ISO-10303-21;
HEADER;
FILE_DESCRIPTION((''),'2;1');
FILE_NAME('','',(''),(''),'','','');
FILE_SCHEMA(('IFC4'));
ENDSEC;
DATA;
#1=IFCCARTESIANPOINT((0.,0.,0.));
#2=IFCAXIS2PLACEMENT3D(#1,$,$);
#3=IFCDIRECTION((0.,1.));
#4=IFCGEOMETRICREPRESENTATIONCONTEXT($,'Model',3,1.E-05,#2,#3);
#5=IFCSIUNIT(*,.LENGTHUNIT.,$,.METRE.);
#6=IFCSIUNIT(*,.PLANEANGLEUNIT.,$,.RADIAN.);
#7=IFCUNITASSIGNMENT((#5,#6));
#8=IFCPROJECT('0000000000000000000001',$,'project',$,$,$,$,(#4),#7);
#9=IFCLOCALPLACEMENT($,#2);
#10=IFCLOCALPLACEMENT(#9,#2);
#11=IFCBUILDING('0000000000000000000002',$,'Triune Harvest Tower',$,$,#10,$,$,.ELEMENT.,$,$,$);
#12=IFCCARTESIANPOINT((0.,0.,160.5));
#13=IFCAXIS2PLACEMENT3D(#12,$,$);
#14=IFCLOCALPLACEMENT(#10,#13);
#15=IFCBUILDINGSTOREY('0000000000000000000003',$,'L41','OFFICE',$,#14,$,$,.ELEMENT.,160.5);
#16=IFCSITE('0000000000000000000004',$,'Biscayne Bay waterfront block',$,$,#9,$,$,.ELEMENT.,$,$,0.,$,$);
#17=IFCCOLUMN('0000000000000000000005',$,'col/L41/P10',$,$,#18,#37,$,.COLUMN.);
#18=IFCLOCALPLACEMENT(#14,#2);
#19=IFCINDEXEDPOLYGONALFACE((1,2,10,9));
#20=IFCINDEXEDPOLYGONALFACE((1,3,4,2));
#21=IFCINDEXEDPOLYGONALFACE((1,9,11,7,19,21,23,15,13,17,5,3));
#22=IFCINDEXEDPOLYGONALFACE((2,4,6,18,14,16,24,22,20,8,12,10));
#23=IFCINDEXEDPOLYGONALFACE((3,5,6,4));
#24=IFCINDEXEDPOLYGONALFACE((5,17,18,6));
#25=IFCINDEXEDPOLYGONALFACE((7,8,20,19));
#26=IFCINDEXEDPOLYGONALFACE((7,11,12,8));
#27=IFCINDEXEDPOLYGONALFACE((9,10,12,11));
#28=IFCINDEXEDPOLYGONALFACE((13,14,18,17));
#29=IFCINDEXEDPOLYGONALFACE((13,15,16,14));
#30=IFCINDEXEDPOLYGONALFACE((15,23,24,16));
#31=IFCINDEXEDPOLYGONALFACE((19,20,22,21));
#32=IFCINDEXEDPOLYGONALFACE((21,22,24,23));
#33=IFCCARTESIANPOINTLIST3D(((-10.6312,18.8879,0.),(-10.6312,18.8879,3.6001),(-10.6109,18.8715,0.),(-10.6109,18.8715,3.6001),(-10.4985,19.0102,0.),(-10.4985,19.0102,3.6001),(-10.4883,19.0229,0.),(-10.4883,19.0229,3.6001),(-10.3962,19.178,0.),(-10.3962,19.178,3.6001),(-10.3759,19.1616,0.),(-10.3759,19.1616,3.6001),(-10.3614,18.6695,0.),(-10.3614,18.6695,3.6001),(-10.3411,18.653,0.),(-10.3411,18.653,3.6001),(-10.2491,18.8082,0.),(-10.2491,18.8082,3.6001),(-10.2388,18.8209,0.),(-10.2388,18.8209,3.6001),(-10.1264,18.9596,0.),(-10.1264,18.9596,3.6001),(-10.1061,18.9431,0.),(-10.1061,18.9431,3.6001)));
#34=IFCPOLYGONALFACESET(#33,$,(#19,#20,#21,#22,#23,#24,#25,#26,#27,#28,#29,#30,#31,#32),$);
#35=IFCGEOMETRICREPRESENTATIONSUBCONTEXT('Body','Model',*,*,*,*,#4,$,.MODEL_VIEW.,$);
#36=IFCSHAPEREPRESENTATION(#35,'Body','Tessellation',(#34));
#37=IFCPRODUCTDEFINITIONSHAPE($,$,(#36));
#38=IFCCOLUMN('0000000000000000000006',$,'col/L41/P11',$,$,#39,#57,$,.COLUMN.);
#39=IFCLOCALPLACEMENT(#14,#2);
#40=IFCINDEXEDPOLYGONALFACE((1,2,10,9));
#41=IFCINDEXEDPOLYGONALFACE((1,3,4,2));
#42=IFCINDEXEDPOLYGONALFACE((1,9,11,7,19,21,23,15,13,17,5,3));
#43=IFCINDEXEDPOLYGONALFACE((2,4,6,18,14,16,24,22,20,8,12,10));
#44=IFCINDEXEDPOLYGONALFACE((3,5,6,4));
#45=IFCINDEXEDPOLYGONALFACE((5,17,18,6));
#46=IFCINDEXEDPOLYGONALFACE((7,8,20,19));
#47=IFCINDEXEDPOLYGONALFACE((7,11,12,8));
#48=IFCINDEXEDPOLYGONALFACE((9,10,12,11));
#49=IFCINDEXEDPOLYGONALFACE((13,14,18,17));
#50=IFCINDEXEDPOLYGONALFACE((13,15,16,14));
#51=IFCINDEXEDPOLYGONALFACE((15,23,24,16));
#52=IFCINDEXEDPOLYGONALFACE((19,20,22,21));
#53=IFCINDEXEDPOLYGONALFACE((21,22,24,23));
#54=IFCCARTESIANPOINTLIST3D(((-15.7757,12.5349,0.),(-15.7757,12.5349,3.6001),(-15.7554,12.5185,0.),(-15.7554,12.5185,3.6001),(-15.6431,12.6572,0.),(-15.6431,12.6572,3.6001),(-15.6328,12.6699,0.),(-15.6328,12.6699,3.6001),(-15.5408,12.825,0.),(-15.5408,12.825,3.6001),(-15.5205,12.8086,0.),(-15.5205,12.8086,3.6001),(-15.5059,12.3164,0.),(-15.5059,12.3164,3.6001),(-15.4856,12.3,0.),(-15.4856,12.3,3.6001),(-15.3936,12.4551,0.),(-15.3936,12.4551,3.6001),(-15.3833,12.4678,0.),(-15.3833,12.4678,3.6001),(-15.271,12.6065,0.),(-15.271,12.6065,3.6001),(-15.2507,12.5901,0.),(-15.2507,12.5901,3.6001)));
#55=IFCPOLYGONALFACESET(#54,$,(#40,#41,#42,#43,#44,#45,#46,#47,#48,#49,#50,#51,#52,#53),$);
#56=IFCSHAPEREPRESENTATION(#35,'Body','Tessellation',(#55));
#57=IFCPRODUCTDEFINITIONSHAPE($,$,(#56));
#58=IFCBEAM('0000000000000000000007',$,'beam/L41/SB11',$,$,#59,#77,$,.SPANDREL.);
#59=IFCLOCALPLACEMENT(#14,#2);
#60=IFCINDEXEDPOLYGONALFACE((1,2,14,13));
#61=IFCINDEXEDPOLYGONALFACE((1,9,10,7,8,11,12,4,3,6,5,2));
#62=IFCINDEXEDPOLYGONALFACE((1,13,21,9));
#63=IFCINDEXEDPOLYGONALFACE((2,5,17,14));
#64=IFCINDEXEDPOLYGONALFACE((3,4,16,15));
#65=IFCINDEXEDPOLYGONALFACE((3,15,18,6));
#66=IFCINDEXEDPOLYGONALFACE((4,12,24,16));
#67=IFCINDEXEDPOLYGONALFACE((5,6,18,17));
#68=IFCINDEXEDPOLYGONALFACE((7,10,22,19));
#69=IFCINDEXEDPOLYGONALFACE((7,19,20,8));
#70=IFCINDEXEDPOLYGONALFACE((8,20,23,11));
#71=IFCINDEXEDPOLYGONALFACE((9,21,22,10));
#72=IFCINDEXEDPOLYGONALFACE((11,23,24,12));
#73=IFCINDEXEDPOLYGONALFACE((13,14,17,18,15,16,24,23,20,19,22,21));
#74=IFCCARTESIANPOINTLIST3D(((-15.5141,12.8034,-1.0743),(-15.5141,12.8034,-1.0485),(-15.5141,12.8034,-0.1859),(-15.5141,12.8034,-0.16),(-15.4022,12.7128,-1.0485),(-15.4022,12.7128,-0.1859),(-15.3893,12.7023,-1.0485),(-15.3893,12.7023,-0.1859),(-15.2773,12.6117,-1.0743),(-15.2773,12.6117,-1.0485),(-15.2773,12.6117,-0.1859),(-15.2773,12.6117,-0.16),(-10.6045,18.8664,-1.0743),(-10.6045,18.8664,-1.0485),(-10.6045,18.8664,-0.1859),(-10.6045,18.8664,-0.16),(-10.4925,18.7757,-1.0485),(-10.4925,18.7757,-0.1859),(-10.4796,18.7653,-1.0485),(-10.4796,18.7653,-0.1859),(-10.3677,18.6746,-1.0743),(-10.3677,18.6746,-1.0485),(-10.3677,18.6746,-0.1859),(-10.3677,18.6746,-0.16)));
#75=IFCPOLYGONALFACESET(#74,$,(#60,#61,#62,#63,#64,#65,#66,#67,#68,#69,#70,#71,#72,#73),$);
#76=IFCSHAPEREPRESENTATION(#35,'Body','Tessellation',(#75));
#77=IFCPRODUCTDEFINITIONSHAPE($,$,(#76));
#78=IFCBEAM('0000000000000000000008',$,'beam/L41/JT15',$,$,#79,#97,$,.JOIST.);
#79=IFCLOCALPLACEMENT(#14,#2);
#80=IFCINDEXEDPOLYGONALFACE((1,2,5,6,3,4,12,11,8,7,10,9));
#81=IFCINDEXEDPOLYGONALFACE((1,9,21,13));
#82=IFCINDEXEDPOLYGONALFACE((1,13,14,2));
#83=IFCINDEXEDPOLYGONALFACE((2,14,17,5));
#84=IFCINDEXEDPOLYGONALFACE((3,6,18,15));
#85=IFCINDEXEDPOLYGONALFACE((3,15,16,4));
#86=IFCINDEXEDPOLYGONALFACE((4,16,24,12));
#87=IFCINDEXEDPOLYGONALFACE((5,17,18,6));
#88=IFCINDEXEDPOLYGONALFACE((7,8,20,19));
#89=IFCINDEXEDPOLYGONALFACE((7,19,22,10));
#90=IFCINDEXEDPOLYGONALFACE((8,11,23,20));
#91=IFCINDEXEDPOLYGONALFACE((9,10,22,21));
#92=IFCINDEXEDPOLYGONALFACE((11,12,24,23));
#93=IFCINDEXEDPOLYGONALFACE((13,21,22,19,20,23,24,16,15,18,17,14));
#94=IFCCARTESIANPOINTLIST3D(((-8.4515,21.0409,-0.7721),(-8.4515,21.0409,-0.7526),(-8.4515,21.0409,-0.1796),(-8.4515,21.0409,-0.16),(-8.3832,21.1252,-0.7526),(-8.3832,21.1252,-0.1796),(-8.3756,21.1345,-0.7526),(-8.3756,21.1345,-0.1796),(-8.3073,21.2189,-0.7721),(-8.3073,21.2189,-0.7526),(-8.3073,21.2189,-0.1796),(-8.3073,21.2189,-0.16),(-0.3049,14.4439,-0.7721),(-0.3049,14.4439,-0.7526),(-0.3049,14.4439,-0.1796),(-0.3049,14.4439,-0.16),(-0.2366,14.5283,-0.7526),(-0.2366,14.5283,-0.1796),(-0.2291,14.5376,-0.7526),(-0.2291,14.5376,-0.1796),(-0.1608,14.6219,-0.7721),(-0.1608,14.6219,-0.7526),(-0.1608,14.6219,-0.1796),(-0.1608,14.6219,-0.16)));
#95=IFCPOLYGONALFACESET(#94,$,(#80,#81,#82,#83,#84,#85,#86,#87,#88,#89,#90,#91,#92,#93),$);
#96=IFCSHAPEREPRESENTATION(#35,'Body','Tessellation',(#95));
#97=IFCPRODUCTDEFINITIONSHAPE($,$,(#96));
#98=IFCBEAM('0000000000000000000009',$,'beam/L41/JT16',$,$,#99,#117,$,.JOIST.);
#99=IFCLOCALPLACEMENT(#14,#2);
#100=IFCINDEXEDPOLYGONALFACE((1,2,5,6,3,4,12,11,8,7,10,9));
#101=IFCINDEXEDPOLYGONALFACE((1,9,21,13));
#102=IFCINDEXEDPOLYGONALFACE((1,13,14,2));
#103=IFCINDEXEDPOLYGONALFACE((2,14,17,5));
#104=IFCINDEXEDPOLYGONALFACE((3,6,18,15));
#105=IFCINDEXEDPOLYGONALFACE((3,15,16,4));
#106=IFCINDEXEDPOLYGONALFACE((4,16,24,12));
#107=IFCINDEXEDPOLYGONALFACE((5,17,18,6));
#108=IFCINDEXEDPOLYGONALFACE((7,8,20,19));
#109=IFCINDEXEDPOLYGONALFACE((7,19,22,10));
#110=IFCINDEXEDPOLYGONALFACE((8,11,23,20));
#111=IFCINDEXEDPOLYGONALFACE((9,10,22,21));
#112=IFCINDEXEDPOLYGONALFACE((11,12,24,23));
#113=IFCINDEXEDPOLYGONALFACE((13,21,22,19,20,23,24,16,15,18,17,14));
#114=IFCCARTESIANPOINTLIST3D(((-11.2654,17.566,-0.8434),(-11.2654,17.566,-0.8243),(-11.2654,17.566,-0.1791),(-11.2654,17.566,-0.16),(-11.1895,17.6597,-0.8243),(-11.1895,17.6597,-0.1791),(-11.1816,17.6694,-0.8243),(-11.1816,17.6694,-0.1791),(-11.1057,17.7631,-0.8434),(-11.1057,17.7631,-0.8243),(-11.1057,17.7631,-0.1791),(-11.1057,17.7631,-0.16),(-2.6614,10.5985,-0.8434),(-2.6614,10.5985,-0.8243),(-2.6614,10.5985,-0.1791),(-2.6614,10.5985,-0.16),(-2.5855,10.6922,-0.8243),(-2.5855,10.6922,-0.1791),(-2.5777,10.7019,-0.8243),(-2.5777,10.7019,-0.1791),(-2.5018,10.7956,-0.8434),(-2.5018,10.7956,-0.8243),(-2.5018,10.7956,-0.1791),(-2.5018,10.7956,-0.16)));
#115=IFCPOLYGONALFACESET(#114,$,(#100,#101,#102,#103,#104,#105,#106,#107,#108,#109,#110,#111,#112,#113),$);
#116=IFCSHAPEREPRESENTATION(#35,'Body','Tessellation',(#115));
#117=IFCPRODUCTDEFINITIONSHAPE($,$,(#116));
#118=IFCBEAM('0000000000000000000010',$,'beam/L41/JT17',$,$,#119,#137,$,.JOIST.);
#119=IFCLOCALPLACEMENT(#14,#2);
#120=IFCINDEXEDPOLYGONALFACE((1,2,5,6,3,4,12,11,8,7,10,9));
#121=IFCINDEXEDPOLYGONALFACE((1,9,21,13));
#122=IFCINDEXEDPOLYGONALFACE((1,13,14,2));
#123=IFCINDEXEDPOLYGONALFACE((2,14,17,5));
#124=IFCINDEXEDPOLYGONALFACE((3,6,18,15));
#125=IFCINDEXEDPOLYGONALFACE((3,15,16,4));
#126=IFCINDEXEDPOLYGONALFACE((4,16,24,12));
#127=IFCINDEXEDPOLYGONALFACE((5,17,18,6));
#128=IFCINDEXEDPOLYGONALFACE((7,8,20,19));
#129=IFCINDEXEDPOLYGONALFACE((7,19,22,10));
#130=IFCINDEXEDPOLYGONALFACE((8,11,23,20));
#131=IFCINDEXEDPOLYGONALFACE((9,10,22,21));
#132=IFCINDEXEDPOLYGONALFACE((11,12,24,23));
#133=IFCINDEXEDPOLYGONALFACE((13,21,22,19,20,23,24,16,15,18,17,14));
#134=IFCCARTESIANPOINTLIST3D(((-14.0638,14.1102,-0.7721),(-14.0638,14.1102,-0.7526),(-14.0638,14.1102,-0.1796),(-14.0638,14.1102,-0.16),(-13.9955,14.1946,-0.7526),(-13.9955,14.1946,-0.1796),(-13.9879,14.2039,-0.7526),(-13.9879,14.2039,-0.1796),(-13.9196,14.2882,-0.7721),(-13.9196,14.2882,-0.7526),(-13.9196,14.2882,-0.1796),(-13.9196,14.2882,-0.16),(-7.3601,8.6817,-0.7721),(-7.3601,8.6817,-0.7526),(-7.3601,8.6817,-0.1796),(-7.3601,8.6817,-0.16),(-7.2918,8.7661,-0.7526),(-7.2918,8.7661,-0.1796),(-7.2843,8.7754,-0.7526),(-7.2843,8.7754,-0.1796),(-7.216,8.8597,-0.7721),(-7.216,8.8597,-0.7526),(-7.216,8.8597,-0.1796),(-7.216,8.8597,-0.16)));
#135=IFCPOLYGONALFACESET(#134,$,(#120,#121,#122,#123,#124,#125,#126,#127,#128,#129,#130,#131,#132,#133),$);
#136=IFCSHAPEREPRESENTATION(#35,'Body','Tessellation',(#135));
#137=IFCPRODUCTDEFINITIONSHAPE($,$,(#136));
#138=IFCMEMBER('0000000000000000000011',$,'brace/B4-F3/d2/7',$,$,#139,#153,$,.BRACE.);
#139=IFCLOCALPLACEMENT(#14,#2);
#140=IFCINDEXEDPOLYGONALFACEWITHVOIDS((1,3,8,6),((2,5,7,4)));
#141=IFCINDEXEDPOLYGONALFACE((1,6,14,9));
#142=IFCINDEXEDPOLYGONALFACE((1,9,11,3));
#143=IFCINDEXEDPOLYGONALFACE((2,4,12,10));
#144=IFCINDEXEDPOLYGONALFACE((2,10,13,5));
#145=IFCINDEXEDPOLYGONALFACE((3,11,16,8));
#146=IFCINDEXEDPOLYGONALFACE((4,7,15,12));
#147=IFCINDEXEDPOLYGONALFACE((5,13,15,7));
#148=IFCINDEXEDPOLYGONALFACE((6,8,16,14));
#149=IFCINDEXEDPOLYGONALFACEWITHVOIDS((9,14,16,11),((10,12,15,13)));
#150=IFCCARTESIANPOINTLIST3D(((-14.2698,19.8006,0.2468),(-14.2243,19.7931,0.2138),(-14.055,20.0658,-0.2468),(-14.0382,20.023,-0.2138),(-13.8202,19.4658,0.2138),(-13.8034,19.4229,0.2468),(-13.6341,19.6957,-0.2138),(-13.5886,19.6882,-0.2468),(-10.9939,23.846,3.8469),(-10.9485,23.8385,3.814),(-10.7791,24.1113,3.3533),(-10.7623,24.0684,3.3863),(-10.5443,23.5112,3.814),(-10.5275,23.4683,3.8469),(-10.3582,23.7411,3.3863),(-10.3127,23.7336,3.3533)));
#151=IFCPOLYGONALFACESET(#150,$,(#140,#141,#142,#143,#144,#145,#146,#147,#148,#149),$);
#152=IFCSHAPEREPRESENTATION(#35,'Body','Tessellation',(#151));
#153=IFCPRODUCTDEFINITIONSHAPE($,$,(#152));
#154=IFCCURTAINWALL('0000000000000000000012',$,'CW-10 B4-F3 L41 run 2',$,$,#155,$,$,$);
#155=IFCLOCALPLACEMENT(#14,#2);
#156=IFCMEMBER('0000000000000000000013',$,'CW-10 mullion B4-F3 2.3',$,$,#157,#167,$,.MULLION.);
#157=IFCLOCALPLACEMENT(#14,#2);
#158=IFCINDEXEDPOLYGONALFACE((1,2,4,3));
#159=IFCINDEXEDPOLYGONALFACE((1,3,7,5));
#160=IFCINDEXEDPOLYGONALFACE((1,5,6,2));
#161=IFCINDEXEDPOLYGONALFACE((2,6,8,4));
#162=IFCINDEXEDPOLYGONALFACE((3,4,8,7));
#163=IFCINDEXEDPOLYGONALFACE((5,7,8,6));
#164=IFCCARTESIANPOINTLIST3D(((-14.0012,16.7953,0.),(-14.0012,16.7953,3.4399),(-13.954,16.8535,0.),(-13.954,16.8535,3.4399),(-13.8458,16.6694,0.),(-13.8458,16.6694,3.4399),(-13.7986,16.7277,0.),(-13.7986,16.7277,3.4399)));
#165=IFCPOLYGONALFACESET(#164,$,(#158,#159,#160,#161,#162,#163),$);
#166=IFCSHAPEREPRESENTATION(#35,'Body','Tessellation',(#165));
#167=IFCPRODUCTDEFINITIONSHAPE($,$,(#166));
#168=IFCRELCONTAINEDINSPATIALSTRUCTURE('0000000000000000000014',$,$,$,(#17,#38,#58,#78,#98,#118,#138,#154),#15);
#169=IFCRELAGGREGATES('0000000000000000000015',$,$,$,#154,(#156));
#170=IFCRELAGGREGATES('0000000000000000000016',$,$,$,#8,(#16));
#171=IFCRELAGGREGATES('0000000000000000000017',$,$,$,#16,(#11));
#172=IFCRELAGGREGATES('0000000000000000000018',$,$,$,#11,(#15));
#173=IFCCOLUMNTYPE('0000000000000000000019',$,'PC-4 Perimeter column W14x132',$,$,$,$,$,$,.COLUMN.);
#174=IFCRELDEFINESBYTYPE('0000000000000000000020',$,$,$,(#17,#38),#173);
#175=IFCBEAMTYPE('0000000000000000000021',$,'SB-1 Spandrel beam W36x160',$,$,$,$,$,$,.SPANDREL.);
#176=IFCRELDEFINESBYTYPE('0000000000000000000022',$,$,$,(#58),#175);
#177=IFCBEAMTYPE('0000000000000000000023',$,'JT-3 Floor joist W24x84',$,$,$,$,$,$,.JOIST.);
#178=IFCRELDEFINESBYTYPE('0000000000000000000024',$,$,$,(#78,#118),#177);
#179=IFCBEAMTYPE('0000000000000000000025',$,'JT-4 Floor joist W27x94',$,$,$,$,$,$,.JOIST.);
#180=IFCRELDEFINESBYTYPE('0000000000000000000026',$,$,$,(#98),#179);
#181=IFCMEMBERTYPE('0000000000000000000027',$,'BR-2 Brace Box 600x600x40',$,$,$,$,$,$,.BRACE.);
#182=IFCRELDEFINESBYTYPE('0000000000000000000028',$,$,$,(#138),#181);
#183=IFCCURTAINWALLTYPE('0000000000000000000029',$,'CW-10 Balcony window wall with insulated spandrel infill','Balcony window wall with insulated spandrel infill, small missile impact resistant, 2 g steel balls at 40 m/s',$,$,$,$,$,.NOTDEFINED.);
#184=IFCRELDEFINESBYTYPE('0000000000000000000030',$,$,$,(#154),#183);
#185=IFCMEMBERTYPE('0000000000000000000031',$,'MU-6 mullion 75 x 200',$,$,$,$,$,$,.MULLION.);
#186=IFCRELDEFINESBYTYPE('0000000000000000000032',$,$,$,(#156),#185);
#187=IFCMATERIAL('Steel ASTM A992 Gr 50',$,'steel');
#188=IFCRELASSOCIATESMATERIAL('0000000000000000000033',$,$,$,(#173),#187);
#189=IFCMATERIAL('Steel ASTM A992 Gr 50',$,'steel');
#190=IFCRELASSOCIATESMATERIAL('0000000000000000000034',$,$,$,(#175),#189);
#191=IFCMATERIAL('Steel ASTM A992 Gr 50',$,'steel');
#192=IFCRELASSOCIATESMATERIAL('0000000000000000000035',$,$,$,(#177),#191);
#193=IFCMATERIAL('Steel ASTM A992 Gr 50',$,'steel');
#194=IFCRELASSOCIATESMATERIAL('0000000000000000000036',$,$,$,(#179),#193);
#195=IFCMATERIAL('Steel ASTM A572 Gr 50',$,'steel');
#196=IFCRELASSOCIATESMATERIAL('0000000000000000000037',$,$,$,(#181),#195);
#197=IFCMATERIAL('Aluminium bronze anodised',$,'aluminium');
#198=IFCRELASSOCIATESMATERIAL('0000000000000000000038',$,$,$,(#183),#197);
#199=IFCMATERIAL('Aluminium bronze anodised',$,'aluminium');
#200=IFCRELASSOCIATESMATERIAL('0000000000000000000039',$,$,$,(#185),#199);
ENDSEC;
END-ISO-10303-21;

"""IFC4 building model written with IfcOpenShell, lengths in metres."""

from ifc_helpers import new_model, si_unit, direction, frame, origin, origin_2d, place, context, subcontext, project, spatial, rectangle, hollow_rectangle, i_section, extrude, source, transform, mapped, material, material_profile, profile_set, type_object, element, aggregate, save


model = new_model("IFC4")

# Units and contexts
model_context = context("Model", 3, precision=1e-05, world=origin(), true_north=direction((0.0, 1.0)))
body_context = subcontext(model_context, "Body", "Model", "MODEL_VIEW")
ifc_project = project(units=[si_unit("LENGTHUNIT", "METRE"), si_unit("PLANEANGLEUNIT", "RADIAN")], contexts=[model_context])

# Site, building, storey
site_placement = place(None, origin())
site = spatial("IfcSite", under=ifc_project, at=site_placement, Name="Biscayne Bay waterfront block", CompositionType="ELEMENT", RefElevation=0.0)
building_placement = place(site_placement, origin())
building = spatial("IfcBuilding", under=site, at=building_placement, Name="Triune Harvest Tower", CompositionType="ELEMENT")
storey_placement = place(building_placement, frame((0.0, 0.0, 160.5)))
storey = spatial("IfcBuildingStorey", under=building, at=storey_placement, Name="L41", Description="OFFICE", CompositionType="ELEMENT", Elevation=160.5)

# Columns
ifc_material_1 = material(Name="Steel ASTM A992 Gr 50", Category="steel")
ifc_material_profile_1 = material_profile(ifc_material_1, i_section(OverallWidth=0.3733, OverallDepth=0.3733, WebThickness=0.0164, FlangeThickness=0.0261, at=origin_2d()), Name="W14x132")
ifc_profile_set_1 = profile_set([ifc_material_profile_1], Name="Steel ASTM A992 Gr 50")
column_type = type_object("IfcColumnType", Name="PC-4 Perimeter column W14x132", PredefinedType="COLUMN", material=ifc_profile_set_1)
shared_shape_1 = source(origin(), body_context, "Body", "SweptSolid", [
    extrude(i_section(OverallWidth=0.3733, OverallDepth=0.3733, WebThickness=0.0164, FlangeThickness=0.0261, at=origin_2d()), origin(), (0.0, 0.0, 1.0), 3.6001),
])
for number, where, z_axis, x_axis, name in (
    (1, (-10.3687, 18.9155, 0.0), (0.0, 0.0, 1.0), (-0.629322, -0.777145, 0.0), "col/L41/P10"),
    (2, (-15.5132, 12.5625, 0.0), (0.0, 0.0, 1.0), (-0.629322, -0.777145, 0.0), "col/L41/P11"),
):
    element("IfcColumn", number, at=place(storey_placement, frame(where, z_axis=z_axis, x_axis=x_axis)), inside=storey, type_object=column_type, Name=name, PredefinedType="COLUMN", context=body_context, shape_type="MappedRepresentation", body=[
        mapped(shared_shape_1, transform((0.0, 0.0, 0.0), scale=1.0)),
    ])

# Beams
ifc_material_2 = material(Name="Steel ASTM A992 Gr 50", Category="steel")
ifc_material_profile_2 = material_profile(ifc_material_2, i_section(OverallWidth=0.3047, OverallDepth=0.9143, WebThickness=0.0166, FlangeThickness=0.0259, at=origin_2d()), Name="W36x160")
ifc_profile_set_2 = profile_set([ifc_material_profile_2], Name="Steel ASTM A992 Gr 50")
beam_type_1 = type_object("IfcBeamType", Name="SB-1 Spandrel beam W36x160", PredefinedType="SPANDREL", material=ifc_profile_set_2)
shared_shape_2 = source(origin(), body_context, "Body", "SweptSolid", [
    extrude(i_section(OverallWidth=0.3047, OverallDepth=0.9143, WebThickness=0.0166, FlangeThickness=0.0259, at=origin_2d()), origin(), (0.0, 0.0, 1.0), 7.8015),
])
beam_1_placement = place(storey_placement, frame((-10.4861, 18.7705, -0.6172), z_axis=(-0.629317, -0.777149, 0.0), x_axis=(0.777149, -0.629317, 0.0)))
element("IfcBeam", 3, at=beam_1_placement, inside=storey, type_object=beam_type_1, Name="beam/L41/SB11", PredefinedType="SPANDREL", context=body_context, shape_type="MappedRepresentation", body=[
    mapped(shared_shape_2, transform((0.0, 0.0, 0.0), scale=1.0)),
])
ifc_material_3 = material(Name="Steel ASTM A992 Gr 50", Category="steel")
ifc_material_profile_3 = material_profile(ifc_material_3, i_section(OverallWidth=0.229, OverallDepth=0.6121, WebThickness=0.012, FlangeThickness=0.0195, at=origin_2d()), Name="W24x84")
ifc_profile_set_3 = profile_set([ifc_material_profile_3], Name="Steel ASTM A992 Gr 50")
beam_type_2 = type_object("IfcBeamType", Name="JT-3 Floor joist W24x84", PredefinedType="JOIST", material=ifc_profile_set_3)
shared_shape_3 = source(origin(), body_context, "Body", "SweptSolid", [
    extrude(i_section(OverallWidth=0.229, OverallDepth=0.6121, WebThickness=0.012, FlangeThickness=0.0195, at=origin_2d()), origin(), (0.0, 0.0, 1.0), 10.4827),
])
beam_2_placement = place(storey_placement, frame((-8.3794, 21.1299, -0.4661), z_axis=(0.777145, -0.629322, 0.0), x_axis=(0.629322, 0.777145, 0.0)))
element("IfcBeam", 4, at=beam_2_placement, inside=storey, type_object=beam_type_2, Name="beam/L41/JT15", PredefinedType="JOIST", context=body_context, shape_type="MappedRepresentation", body=[
    mapped(shared_shape_3, transform((0.0, 0.0, 0.0), scale=1.0)),
])
ifc_material_4 = material(Name="Steel ASTM A992 Gr 50", Category="steel")
ifc_material_profile_4 = material_profile(ifc_material_4, i_section(OverallWidth=0.2537, OverallDepth=0.6833, WebThickness=0.0125, FlangeThickness=0.019, at=origin_2d()), Name="W27x94")
ifc_profile_set_4 = profile_set([ifc_material_profile_4], Name="Steel ASTM A992 Gr 50")
beam_type_3 = type_object("IfcBeamType", Name="JT-4 Floor joist W27x94", PredefinedType="JOIST", material=ifc_profile_set_4)
shared_shape_4 = source(origin(), body_context, "Body", "SweptSolid", [
    extrude(i_section(OverallWidth=0.2537, OverallDepth=0.6833, WebThickness=0.0125, FlangeThickness=0.019, at=origin_2d()), origin(), (0.0, 0.0, 1.0), 11.0713),
])
beam_3_placement = place(storey_placement, frame((-11.1855, 17.6646, -0.5017), z_axis=(0.77714, -0.629328, 0.0), x_axis=(0.629328, 0.77714, 0.0)))
element("IfcBeam", 5, at=beam_3_placement, inside=storey, type_object=beam_type_3, Name="beam/L41/JT16", PredefinedType="JOIST", context=body_context, shape_type="MappedRepresentation", body=[
    mapped(shared_shape_4, transform((0.0, 0.0, 0.0), scale=1.0)),
])
shared_shape_5 = source(origin(), body_context, "Body", "SweptSolid", [
    extrude(i_section(OverallWidth=0.229, OverallDepth=0.6121, WebThickness=0.012, FlangeThickness=0.0195, at=origin_2d()), origin(), (0.0, 0.0, 1.0), 8.626),
])
beam_4_placement = place(storey_placement, frame((-13.9917, 14.1992, -0.4661), z_axis=(0.777147, -0.62932, 0.0), x_axis=(0.62932, 0.777147, 0.0)))
element("IfcBeam", 6, at=beam_4_placement, inside=storey, type_object=beam_type_2, Name="beam/L41/JT17", PredefinedType="JOIST", context=body_context, shape_type="MappedRepresentation", body=[
    mapped(shared_shape_5, transform((0.0, 0.0, 0.0), scale=1.0)),
])

# Member
ifc_material_5 = material(Name="Steel ASTM A572 Gr 50", Category="steel")
ifc_material_profile_5 = material_profile(ifc_material_5, hollow_rectangle(XDim=0.6001, YDim=0.6001, WallThickness=0.04, at=origin_2d()), Name="Box 600x600x40")
ifc_profile_set_5 = profile_set([ifc_material_profile_5], Name="Steel ASTM A572 Gr 50")
member_type_1 = type_object("IfcMemberType", Name="BR-2 Brace Box 600x600x40", PredefinedType="BRACE", material=ifc_profile_set_5)
shared_shape_6 = source(origin(), body_context, "Body", "SweptSolid", [
    extrude(hollow_rectangle(XDim=0.6001, YDim=0.6001, WallThickness=0.04, at=origin_2d()), origin(), (0.0, 0.0, 1.0), 6.3291),
])
member_1_placement = place(storey_placement, frame((-13.9292, 19.7444, 0.0), z_axis=(0.517591, 0.639177, 0.568817), x_axis=(-0.777149, 0.629317, 0.0)))
element("IfcMember", 7, at=member_1_placement, inside=storey, type_object=member_type_1, Name="brace/B4-F3/d2/7", PredefinedType="BRACE", context=body_context, shape_type="MappedRepresentation", body=[
    mapped(shared_shape_6, transform((0.0, 0.0, 0.0), scale=1.0)),
])

# Curtain wall, member
ifc_material_6 = material(Name="Aluminium bronze anodised", Category="aluminium")
curtain_wall_type_1 = type_object("IfcCurtainWallType", Name="CW-10 Balcony window wall with insulated spandrel infill", Description="Balcony window wall with insulated spandrel infill, small missile impact resistant, 2 g steel balls at 40 m/s", PredefinedType="NOTDEFINED", material=ifc_material_6)
curtain_wall_1_placement = place(storey_placement, origin())
curtain_wall_1 = element("IfcCurtainWall", 8, at=curtain_wall_1_placement, inside=storey, type_object=curtain_wall_type_1, Name="CW-10 B4-F3 L41 run 2")
ifc_material_7 = material(Name="Aluminium bronze anodised", Category="aluminium")
ifc_material_profile_6 = material_profile(ifc_material_7, rectangle(XDim=0.2, YDim=0.075, at=origin_2d()), Name="MU-6 mullion 75 x 200")
ifc_profile_set_6 = profile_set([ifc_material_profile_6], Name="Aluminium bronze anodised")
member_type_2 = type_object("IfcMemberType", Name="MU-6 mullion 75 x 200", PredefinedType="MULLION", material=ifc_profile_set_6)
shared_shape_7 = source(origin(), body_context, "Body", "SweptSolid", [
    extrude(rectangle(XDim=0.2, YDim=0.075, at=origin_2d()), origin(), (0.0, 0.0, 1.0), 3.4399),
])
member_2_placement = place(storey_placement, frame((-13.8999, 16.7615, 0.0), z_axis=(0.0, 0.0, 1.0), x_axis=(0.777142, -0.629325, 0.0)))
member_2 = element("IfcMember", 9, at=member_2_placement, type_object=member_type_2, Name="CW-10 mullion B4-F3 2.3", PredefinedType="MULLION", context=body_context, shape_type="MappedRepresentation", body=[
    mapped(shared_shape_7, transform((0.0, 0.0, 0.0), scale=1.0)),
])

aggregate(curtain_wall_1, [member_2])

save(model, "model.ifc")
